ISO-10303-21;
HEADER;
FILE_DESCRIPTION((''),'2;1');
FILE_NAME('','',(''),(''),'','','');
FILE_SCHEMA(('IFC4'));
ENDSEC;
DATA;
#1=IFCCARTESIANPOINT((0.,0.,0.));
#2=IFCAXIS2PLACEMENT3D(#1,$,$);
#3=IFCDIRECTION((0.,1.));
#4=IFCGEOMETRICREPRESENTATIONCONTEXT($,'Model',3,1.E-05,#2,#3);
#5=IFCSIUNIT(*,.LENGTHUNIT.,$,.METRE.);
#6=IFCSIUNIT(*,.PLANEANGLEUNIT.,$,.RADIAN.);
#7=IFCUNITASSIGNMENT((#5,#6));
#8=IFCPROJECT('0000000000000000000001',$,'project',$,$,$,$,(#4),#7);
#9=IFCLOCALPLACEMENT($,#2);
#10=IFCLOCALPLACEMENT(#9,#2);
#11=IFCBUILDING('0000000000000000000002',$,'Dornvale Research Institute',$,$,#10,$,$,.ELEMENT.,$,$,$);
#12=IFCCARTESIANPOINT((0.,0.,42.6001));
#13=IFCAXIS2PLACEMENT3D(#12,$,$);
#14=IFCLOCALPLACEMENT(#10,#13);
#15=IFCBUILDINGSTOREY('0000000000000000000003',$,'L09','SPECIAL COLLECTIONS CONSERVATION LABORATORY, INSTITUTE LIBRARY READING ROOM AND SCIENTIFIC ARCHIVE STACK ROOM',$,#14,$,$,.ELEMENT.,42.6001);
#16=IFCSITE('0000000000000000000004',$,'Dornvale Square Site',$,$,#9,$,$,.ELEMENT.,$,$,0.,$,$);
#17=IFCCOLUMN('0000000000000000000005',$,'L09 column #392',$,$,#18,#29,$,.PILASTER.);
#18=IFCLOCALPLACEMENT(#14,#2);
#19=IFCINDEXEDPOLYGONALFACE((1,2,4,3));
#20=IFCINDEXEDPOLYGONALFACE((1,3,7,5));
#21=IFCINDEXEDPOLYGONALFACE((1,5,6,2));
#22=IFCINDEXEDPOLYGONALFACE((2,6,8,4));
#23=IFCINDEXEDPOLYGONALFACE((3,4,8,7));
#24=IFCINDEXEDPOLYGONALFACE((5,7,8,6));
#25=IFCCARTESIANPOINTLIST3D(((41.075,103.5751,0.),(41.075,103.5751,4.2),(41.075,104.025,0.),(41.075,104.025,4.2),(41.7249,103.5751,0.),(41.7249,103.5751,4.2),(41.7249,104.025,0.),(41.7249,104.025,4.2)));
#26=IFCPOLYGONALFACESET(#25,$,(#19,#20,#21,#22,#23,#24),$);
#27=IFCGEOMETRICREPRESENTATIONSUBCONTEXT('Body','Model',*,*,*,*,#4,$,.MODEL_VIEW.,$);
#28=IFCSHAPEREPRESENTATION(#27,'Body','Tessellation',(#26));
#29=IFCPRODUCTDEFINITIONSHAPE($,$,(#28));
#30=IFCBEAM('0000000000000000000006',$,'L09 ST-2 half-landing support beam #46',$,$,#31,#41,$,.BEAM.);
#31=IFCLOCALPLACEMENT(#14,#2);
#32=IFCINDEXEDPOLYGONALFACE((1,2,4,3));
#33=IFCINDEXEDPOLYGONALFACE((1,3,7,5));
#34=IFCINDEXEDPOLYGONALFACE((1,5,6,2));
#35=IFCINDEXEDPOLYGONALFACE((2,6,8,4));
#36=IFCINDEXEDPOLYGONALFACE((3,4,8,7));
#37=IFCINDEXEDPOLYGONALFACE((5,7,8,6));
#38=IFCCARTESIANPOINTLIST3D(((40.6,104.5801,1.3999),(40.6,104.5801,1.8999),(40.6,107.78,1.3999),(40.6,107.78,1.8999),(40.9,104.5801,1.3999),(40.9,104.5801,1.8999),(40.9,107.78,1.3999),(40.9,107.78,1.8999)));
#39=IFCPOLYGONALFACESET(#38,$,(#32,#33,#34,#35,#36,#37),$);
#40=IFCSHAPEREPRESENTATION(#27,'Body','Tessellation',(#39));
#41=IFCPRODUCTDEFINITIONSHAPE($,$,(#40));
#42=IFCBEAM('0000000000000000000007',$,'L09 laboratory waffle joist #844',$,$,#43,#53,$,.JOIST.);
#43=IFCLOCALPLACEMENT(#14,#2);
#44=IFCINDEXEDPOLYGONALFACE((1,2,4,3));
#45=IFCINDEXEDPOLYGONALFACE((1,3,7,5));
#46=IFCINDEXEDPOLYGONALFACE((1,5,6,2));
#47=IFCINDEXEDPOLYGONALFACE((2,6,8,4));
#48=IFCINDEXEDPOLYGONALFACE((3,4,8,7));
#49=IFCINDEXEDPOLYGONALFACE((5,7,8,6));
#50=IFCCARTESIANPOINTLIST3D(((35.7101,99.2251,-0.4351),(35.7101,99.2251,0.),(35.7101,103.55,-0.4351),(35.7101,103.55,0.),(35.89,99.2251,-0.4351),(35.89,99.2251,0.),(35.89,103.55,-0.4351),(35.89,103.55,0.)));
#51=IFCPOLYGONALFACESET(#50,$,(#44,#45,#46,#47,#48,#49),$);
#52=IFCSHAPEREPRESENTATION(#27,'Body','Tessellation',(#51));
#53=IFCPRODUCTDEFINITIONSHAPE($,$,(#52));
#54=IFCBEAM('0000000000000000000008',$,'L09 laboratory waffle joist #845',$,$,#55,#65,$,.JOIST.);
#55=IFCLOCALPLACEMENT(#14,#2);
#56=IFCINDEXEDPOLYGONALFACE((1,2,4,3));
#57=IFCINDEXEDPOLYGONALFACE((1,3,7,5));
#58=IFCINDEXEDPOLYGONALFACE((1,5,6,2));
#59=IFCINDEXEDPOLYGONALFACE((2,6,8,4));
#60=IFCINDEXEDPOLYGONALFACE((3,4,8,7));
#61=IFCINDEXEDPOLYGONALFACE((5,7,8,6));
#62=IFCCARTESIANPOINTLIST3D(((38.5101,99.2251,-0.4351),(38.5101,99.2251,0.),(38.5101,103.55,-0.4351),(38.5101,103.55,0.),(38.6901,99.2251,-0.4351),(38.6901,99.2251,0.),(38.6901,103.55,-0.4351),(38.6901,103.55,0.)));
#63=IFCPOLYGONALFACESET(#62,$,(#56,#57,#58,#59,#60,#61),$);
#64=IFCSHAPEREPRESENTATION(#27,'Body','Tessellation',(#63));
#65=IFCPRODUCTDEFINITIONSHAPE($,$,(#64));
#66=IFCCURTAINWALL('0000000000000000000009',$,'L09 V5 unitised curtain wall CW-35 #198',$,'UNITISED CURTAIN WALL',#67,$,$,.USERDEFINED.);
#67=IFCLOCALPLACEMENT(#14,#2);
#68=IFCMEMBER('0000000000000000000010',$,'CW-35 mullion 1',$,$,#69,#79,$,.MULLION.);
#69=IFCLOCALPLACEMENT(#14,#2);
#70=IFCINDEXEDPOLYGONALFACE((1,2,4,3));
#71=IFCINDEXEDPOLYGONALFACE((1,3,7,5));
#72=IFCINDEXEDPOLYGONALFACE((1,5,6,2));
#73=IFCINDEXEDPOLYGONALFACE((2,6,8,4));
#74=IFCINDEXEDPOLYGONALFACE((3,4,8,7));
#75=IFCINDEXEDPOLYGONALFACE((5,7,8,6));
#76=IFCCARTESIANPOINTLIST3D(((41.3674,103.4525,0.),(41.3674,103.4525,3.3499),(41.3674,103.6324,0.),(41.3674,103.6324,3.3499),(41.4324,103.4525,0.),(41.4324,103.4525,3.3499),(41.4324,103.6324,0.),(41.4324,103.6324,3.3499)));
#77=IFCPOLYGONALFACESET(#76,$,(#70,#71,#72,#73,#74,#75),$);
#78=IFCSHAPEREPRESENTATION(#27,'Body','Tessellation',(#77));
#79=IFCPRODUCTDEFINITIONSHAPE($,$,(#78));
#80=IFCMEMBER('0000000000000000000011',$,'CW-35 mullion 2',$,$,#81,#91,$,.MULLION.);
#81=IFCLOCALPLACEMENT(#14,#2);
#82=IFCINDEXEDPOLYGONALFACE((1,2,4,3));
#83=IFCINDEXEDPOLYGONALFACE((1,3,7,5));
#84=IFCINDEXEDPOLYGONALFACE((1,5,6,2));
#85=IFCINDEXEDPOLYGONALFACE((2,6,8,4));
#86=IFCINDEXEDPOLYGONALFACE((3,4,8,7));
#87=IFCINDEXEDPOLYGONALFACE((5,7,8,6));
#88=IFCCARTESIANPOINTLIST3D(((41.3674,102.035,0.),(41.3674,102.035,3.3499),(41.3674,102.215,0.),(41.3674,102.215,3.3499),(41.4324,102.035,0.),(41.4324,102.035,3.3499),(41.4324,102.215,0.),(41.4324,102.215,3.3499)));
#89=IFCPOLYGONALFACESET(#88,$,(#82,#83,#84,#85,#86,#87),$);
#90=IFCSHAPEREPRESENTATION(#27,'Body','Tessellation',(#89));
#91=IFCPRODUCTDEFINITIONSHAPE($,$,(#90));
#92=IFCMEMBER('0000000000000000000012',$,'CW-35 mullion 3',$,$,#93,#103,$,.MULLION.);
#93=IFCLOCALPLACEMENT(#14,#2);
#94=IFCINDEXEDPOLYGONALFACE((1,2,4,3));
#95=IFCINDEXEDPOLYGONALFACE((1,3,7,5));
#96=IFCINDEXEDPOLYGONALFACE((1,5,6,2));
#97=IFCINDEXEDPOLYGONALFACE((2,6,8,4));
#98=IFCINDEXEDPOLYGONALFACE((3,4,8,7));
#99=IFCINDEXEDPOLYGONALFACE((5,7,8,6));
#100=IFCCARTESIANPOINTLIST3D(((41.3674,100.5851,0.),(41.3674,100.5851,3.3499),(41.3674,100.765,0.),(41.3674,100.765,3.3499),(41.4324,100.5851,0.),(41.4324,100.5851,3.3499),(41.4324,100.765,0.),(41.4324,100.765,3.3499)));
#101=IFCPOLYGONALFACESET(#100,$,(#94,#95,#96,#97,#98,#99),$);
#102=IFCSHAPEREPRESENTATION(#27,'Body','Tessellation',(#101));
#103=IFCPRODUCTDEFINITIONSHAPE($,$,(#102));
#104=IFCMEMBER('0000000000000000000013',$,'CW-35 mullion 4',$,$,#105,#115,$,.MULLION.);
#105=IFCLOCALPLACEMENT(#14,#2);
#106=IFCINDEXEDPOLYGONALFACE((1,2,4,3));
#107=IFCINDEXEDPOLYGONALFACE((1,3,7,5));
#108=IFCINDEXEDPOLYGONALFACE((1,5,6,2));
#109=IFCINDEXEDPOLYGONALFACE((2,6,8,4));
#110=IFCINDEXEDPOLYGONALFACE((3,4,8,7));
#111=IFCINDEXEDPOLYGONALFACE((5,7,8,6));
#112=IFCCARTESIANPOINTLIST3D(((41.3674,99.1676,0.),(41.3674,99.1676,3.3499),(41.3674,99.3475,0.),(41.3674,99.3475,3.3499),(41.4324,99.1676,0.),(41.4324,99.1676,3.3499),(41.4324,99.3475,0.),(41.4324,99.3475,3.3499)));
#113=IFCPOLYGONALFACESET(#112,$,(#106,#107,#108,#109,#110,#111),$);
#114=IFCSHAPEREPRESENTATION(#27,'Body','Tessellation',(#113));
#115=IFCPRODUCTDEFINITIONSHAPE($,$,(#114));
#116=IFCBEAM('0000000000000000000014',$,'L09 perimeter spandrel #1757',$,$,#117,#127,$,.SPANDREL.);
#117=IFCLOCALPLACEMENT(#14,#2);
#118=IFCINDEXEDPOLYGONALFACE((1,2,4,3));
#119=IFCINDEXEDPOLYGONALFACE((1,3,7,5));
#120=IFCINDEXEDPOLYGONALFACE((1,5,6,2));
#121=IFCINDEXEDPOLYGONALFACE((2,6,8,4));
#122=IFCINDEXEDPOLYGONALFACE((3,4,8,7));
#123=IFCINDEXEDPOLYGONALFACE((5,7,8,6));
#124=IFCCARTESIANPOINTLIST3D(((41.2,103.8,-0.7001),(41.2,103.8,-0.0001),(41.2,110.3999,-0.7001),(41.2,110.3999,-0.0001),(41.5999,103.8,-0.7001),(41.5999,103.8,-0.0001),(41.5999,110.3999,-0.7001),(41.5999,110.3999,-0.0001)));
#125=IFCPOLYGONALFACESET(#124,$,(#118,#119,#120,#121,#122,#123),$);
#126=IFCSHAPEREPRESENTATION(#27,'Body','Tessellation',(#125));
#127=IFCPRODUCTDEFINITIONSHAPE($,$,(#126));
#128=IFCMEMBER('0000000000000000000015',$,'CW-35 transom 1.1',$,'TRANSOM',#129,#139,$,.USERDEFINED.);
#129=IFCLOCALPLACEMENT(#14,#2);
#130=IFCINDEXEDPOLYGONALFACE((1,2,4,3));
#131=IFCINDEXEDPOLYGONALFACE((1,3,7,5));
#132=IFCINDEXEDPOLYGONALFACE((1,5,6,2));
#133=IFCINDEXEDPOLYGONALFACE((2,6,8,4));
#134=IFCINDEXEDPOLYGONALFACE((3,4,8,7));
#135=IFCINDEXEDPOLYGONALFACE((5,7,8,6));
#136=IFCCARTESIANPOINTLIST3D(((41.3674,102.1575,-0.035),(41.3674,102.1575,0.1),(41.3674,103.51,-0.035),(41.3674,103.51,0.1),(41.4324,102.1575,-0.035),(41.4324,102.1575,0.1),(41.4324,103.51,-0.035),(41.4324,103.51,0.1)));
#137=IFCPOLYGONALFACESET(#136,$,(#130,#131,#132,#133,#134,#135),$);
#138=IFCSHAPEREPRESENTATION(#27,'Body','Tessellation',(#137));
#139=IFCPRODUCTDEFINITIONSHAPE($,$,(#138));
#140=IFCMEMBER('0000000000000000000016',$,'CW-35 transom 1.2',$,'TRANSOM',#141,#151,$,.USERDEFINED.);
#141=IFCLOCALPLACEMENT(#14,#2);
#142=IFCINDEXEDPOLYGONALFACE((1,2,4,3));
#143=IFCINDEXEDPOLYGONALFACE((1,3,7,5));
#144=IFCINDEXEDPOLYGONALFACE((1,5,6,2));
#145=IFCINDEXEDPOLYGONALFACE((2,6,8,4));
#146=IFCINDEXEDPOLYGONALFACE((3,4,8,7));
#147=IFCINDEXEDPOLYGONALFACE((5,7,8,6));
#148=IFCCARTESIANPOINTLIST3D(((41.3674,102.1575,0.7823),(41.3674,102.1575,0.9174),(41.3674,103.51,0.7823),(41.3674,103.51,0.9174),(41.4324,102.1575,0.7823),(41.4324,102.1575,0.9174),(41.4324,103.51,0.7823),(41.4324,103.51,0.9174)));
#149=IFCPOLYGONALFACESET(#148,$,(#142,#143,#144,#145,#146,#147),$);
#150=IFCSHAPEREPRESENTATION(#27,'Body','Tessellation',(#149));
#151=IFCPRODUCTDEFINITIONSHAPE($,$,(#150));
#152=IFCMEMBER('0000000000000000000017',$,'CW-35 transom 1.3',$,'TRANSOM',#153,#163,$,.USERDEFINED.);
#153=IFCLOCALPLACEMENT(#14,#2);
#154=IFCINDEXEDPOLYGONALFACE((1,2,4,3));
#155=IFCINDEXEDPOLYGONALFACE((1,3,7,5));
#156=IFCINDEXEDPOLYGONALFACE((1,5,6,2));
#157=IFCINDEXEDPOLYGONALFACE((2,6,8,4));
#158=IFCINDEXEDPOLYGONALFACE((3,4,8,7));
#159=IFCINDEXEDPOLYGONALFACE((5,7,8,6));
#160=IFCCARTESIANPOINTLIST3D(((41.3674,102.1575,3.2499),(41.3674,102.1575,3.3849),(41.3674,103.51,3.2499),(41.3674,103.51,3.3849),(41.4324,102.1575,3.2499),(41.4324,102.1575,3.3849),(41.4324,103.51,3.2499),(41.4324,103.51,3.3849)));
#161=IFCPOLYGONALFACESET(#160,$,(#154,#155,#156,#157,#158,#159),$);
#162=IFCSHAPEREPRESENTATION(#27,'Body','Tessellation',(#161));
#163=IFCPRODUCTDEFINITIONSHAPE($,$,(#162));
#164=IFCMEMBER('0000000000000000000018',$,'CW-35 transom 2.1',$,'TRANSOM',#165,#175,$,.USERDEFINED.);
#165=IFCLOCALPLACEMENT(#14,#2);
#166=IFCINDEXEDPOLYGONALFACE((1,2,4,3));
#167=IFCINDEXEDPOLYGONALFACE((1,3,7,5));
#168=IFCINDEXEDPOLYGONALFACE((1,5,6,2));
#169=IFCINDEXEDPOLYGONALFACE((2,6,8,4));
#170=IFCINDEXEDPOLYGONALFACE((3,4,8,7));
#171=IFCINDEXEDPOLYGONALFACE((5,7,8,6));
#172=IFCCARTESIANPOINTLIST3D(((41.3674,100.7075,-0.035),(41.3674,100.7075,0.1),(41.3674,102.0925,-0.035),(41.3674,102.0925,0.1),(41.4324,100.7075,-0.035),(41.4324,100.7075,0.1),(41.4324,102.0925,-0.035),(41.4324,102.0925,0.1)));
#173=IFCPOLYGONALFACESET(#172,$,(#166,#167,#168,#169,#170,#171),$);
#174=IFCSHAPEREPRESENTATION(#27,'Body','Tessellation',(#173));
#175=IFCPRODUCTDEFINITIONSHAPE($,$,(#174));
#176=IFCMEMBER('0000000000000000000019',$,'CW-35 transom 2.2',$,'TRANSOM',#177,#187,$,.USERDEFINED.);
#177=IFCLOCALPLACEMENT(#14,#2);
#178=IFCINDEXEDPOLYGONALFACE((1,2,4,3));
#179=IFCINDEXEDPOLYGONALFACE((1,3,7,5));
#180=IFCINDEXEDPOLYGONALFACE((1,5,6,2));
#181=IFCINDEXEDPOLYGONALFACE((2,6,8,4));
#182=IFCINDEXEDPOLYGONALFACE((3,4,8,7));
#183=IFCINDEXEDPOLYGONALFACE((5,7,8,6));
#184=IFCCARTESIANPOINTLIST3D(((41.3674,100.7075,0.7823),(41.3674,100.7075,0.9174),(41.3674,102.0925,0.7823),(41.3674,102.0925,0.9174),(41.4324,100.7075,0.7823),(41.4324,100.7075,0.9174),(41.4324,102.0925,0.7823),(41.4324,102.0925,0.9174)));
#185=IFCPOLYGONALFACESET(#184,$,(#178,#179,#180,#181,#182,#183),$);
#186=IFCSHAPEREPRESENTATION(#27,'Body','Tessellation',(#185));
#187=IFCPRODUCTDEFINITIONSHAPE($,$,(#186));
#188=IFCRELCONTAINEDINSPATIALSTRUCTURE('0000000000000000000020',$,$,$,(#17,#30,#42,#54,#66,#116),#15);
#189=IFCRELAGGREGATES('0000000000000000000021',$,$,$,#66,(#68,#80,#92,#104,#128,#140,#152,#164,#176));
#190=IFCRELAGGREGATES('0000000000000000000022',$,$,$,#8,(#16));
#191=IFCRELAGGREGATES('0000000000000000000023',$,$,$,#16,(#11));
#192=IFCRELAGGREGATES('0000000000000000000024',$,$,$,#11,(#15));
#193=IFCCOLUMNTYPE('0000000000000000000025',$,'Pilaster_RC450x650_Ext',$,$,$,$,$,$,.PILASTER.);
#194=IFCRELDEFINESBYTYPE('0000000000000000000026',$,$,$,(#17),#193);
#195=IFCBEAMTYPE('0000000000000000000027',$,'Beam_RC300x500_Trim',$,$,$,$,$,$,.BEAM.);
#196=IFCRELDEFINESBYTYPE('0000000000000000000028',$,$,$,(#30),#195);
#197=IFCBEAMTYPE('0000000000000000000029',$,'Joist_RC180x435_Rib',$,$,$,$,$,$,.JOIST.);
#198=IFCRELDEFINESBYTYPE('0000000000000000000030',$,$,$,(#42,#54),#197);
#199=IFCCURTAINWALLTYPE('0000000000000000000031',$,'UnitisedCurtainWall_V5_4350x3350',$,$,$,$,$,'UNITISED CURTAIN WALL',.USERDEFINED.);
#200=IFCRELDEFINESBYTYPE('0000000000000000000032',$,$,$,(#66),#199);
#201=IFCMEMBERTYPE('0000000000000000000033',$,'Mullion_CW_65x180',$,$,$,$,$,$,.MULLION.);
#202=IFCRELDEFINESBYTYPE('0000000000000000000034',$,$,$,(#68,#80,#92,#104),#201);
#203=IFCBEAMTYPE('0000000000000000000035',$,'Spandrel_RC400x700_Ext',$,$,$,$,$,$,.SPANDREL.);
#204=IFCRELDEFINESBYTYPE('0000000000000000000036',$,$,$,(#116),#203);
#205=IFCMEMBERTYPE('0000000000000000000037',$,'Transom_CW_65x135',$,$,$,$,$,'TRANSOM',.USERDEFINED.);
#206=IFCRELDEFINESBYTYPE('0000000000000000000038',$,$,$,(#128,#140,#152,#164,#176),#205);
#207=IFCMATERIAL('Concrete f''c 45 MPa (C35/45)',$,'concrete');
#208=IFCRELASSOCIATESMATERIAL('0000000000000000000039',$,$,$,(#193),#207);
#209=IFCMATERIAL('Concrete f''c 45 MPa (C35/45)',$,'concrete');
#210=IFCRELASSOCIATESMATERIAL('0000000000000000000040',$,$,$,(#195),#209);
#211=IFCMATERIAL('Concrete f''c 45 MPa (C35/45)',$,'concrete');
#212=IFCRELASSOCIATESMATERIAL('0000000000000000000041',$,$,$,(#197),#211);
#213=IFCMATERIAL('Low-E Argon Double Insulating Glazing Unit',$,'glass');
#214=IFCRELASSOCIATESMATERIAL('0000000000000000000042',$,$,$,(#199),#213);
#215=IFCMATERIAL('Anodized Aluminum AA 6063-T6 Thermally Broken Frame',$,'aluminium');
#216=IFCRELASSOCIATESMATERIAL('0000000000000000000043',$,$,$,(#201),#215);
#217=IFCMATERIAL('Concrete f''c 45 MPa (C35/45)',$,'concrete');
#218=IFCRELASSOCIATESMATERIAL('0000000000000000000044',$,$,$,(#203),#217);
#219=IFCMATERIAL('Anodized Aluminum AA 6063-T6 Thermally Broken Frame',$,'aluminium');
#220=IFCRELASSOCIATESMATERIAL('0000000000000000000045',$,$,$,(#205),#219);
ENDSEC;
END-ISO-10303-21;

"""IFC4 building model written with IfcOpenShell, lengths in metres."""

from ifc_helpers import new_model, si_unit, direction, frame, origin, origin_2d, place, context, subcontext, project, spatial, rectangle, extrude, material, material_profile, profile_set, type_object, element, aggregate, save


model = new_model("IFC4")

# Units and contexts
model_context = context("Model", 3, precision=1e-05, world=origin(), true_north=direction((0.0, 1.0)))
body_context = subcontext(model_context, "Body", "Model", "MODEL_VIEW")
ifc_project = project(units=[si_unit("LENGTHUNIT", "METRE"), si_unit("PLANEANGLEUNIT", "RADIAN")], contexts=[model_context])

# Site, building, storey
site_placement = place(None, origin())
site = spatial("IfcSite", under=ifc_project, at=site_placement, Name="Dornvale Square Site", CompositionType="ELEMENT", RefElevation=0.0)
building_placement = place(site_placement, origin())
building = spatial("IfcBuilding", under=site, at=building_placement, Name="Dornvale Research Institute", CompositionType="ELEMENT")
storey_placement = place(building_placement, frame((0.0, 0.0, 42.6001)))
storey = spatial("IfcBuildingStorey", under=building, at=storey_placement, Name="L09", Description="SPECIAL COLLECTIONS CONSERVATION LABORATORY, INSTITUTE LIBRARY READING ROOM AND SCIENTIFIC ARCHIVE STACK ROOM", CompositionType="ELEMENT", Elevation=42.6001)

# Column
ifc_material_1 = material(Name="Concrete f'c 45 MPa (C35/45)", Category="concrete")
ifc_material_profile_1 = material_profile(ifc_material_1, rectangle(XDim=0.45, YDim=0.6499, at=origin_2d()), Name="RC 450x650")
ifc_profile_set_1 = profile_set([ifc_material_profile_1], Name="Concrete f'c 45 MPa (C35/45)")
column_type = type_object("IfcColumnType", Name="Pilaster_RC450x650_Ext", PredefinedType="PILASTER", material=ifc_profile_set_1)
column_placement = place(storey_placement, frame((41.3999, 103.8, 0.0), z_axis=(0.0, 0.0, 1.0), x_axis=(0.0, 1.0, 0.0)))
element("IfcColumn", 1, at=column_placement, inside=storey, type_object=column_type, Name="L09 column #392", PredefinedType="PILASTER", context=body_context, shape_type="SweptSolid", body=[
    extrude(rectangle(XDim=0.45, YDim=0.6499, at=origin_2d()), origin(), (0.0, 0.0, 1.0), 4.2),
])

# Beams
ifc_material_2 = material(Name="Concrete f'c 45 MPa (C35/45)", Category="concrete")
ifc_material_profile_2 = material_profile(ifc_material_2, rectangle(XDim=0.3, YDim=0.5, at=origin_2d()), Name="RC 300x500")
ifc_profile_set_2 = profile_set([ifc_material_profile_2], Name="Concrete f'c 45 MPa (C35/45)")
beam_type_1 = type_object("IfcBeamType", Name="Beam_RC300x500_Trim", PredefinedType="BEAM", material=ifc_profile_set_2)
beam_1_placement = place(storey_placement, frame((40.75, 104.5801, 1.6499), z_axis=(0.0, 1.0, 0.0), x_axis=(-1.0, 0.0, 0.0)))
element("IfcBeam", 2, at=beam_1_placement, inside=storey, type_object=beam_type_1, Name="L09 ST-2 half-landing support beam #46", PredefinedType="BEAM", context=body_context, shape_type="SweptSolid", body=[
    extrude(rectangle(XDim=0.3, YDim=0.5, at=origin_2d()), origin(), (0.0, 0.0, 1.0), 3.2),
])
ifc_material_3 = material(Name="Concrete f'c 45 MPa (C35/45)", Category="concrete")
ifc_material_profile_3 = material_profile(ifc_material_3, rectangle(XDim=0.1799, YDim=0.4351, at=origin_2d()), Name="RC 180x435")
ifc_profile_set_3 = profile_set([ifc_material_profile_3], Name="Concrete f'c 45 MPa (C35/45)")
beam_type_2 = type_object("IfcBeamType", Name="Joist_RC180x435_Rib", PredefinedType="JOIST", material=ifc_profile_set_3)
for number, where, z_axis, x_axis, name in (
    (3, (35.8, 99.2251, -0.2175), (0.0, 1.0, 0.0), (-1.0, 0.0, 0.0), "L09 laboratory waffle joist #844"),
    (4, (38.6001, 99.2251, -0.2175), (0.0, 1.0, 0.0), (-1.0, 0.0, 0.0), "L09 laboratory waffle joist #845"),
):
    element("IfcBeam", number, at=place(storey_placement, frame(where, z_axis=z_axis, x_axis=x_axis)), inside=storey, type_object=beam_type_2, Name=name, PredefinedType="JOIST", context=body_context, shape_type="SweptSolid", body=[
        extrude(rectangle(XDim=0.1799, YDim=0.4351, at=origin_2d()), origin(), (0.0, 0.0, 1.0), 4.325),
    ])

# Curtain wall, members
ifc_material_4 = material(Name="Low-E Argon Double Insulating Glazing Unit", Category="glass")
curtain_wall_type = type_object("IfcCurtainWallType", Name="UnitisedCurtainWall_V5_4350x3350", ElementType="UNITISED CURTAIN WALL", PredefinedType="USERDEFINED", material=ifc_material_4)
curtain_wall_placement = place(storey_placement, origin())
curtain_wall = element("IfcCurtainWall", 5, at=curtain_wall_placement, inside=storey, type_object=curtain_wall_type, Name="L09 V5 unitised curtain wall CW-35 #198", ObjectType="UNITISED CURTAIN WALL", PredefinedType="USERDEFINED")
ifc_material_5 = material(Name="Anodized Aluminum AA 6063-T6 Thermally Broken Frame", Category="aluminium")
ifc_material_profile_4 = material_profile(ifc_material_5, rectangle(XDim=0.0649, YDim=0.1799, at=origin_2d()), Name="ALU MULLION 65x180")
ifc_profile_set_4 = profile_set([ifc_material_profile_4], Name="Anodized Aluminum AA 6063-T6 Thermally Broken Frame")
member_type_1 = type_object("IfcMemberType", Name="Mullion_CW_65x180", PredefinedType="MULLION", material=ifc_profile_set_4)
member_1_placement = place(storey_placement, frame((41.3999, 103.5425, 0.0), z_axis=(0.0, 0.0, 1.0), x_axis=(1.0, 0.0, 0.0)))
member_1 = element("IfcMember", 6, at=member_1_placement, type_object=member_type_1, Name="CW-35 mullion 1", PredefinedType="MULLION", context=body_context, shape_type="SweptSolid", body=[
    extrude(rectangle(XDim=0.0649, YDim=0.1799, at=origin_2d()), origin(), (0.0, 0.0, 1.0), 3.3499),
])
member_2_placement = place(storey_placement, frame((41.3999, 102.125, 0.0), z_axis=(0.0, 0.0, 1.0), x_axis=(1.0, 0.0, 0.0)))
member_2 = element("IfcMember", 7, at=member_2_placement, type_object=member_type_1, Name="CW-35 mullion 2", PredefinedType="MULLION", context=body_context, shape_type="SweptSolid", body=[
    extrude(rectangle(XDim=0.0649, YDim=0.1799, at=origin_2d()), origin(), (0.0, 0.0, 1.0), 3.3499),
])
member_3_placement = place(storey_placement, frame((41.3999, 100.675, 0.0), z_axis=(0.0, 0.0, 1.0), x_axis=(1.0, 0.0, 0.0)))
member_3 = element("IfcMember", 8, at=member_3_placement, type_object=member_type_1, Name="CW-35 mullion 3", PredefinedType="MULLION", context=body_context, shape_type="SweptSolid", body=[
    extrude(rectangle(XDim=0.0649, YDim=0.1799, at=origin_2d()), origin(), (0.0, 0.0, 1.0), 3.3499),
])
member_4_placement = place(storey_placement, frame((41.3999, 99.2576, 0.0), z_axis=(0.0, 0.0, 1.0), x_axis=(1.0, 0.0, 0.0)))
member_4 = element("IfcMember", 9, at=member_4_placement, type_object=member_type_1, Name="CW-35 mullion 4", PredefinedType="MULLION", context=body_context, shape_type="SweptSolid", body=[
    extrude(rectangle(XDim=0.0649, YDim=0.1799, at=origin_2d()), origin(), (0.0, 0.0, 1.0), 3.3499),
])

# Beam
ifc_material_6 = material(Name="Concrete f'c 45 MPa (C35/45)", Category="concrete")
ifc_material_profile_5 = material_profile(ifc_material_6, rectangle(XDim=0.3999, YDim=0.7, at=origin_2d()), Name="RC 400x700")
ifc_profile_set_5 = profile_set([ifc_material_profile_5], Name="Concrete f'c 45 MPa (C35/45)")
beam_type_3 = type_object("IfcBeamType", Name="Spandrel_RC400x700_Ext", PredefinedType="SPANDREL", material=ifc_profile_set_5)
beam_2_placement = place(storey_placement, frame((41.3999, 103.8, -0.3501), z_axis=(0.0, 1.0, 0.0), x_axis=(-1.0, 0.0, 0.0)))
element("IfcBeam", 10, at=beam_2_placement, inside=storey, type_object=beam_type_3, Name="L09 perimeter spandrel #1757", PredefinedType="SPANDREL", context=body_context, shape_type="SweptSolid", body=[
    extrude(rectangle(XDim=0.3999, YDim=0.7, at=origin_2d()), origin(), (0.0, 0.0, 1.0), 6.5999),
])

# Members
ifc_material_7 = material(Name="Anodized Aluminum AA 6063-T6 Thermally Broken Frame", Category="aluminium")
ifc_material_profile_6 = material_profile(ifc_material_7, rectangle(XDim=0.0649, YDim=0.135, at=origin_2d()), Name="ALU TRANSOM 65x135")
ifc_profile_set_6 = profile_set([ifc_material_profile_6], Name="Anodized Aluminum AA 6063-T6 Thermally Broken Frame")
member_type_2 = type_object("IfcMemberType", Name="Transom_CW_65x135", ElementType="TRANSOM", PredefinedType="USERDEFINED", material=ifc_profile_set_6)
member_5_placement = place(storey_placement, frame((41.3999, 103.51, 0.0325), z_axis=(0.0, -1.0, 0.0), x_axis=(1.0, 0.0, 0.0)))
member_5 = element("IfcMember", 11, at=member_5_placement, type_object=member_type_2, Name="CW-35 transom 1.1", ObjectType="TRANSOM", PredefinedType="USERDEFINED", context=body_context, shape_type="SweptSolid", body=[
    extrude(rectangle(XDim=0.0649, YDim=0.135, at=origin_2d()), origin(), (0.0, 0.0, 1.0), 1.3525),
])
member_6_placement = place(storey_placement, frame((41.3999, 103.51, 0.8499), z_axis=(0.0, -1.0, 0.0), x_axis=(1.0, 0.0, 0.0)))
member_6 = element("IfcMember", 12, at=member_6_placement, type_object=member_type_2, Name="CW-35 transom 1.2", ObjectType="TRANSOM", PredefinedType="USERDEFINED", context=body_context, shape_type="SweptSolid", body=[
    extrude(rectangle(XDim=0.0649, YDim=0.135, at=origin_2d()), origin(), (0.0, 0.0, 1.0), 1.3525),
])
member_7_placement = place(storey_placement, frame((41.3999, 103.51, 3.3174), z_axis=(0.0, -1.0, 0.0), x_axis=(1.0, 0.0, 0.0)))
member_7 = element("IfcMember", 13, at=member_7_placement, type_object=member_type_2, Name="CW-35 transom 1.3", ObjectType="TRANSOM", PredefinedType="USERDEFINED", context=body_context, shape_type="SweptSolid", body=[
    extrude(rectangle(XDim=0.0649, YDim=0.135, at=origin_2d()), origin(), (0.0, 0.0, 1.0), 1.3525),
])
member_8_placement = place(storey_placement, frame((41.3999, 102.0925, 0.0325), z_axis=(0.0, -1.0, 0.0), x_axis=(1.0, 0.0, 0.0)))
member_8 = element("IfcMember", 14, at=member_8_placement, type_object=member_type_2, Name="CW-35 transom 2.1", ObjectType="TRANSOM", PredefinedType="USERDEFINED", context=body_context, shape_type="SweptSolid", body=[
    extrude(rectangle(XDim=0.0649, YDim=0.135, at=origin_2d()), origin(), (0.0, 0.0, 1.0), 1.385),
])
member_9_placement = place(storey_placement, frame((41.3999, 102.0925, 0.8499), z_axis=(0.0, -1.0, 0.0), x_axis=(1.0, 0.0, 0.0)))
member_9 = element("IfcMember", 15, at=member_9_placement, type_object=member_type_2, Name="CW-35 transom 2.2", ObjectType="TRANSOM", PredefinedType="USERDEFINED", context=body_context, shape_type="SweptSolid", body=[
    extrude(rectangle(XDim=0.0649, YDim=0.135, at=origin_2d()), origin(), (0.0, 0.0, 1.0), 1.385),
])

aggregate(curtain_wall, [member_1, member_2, member_3, member_4, member_5, member_6, member_7, member_8, member_9])

save(model, "model.ifc")
